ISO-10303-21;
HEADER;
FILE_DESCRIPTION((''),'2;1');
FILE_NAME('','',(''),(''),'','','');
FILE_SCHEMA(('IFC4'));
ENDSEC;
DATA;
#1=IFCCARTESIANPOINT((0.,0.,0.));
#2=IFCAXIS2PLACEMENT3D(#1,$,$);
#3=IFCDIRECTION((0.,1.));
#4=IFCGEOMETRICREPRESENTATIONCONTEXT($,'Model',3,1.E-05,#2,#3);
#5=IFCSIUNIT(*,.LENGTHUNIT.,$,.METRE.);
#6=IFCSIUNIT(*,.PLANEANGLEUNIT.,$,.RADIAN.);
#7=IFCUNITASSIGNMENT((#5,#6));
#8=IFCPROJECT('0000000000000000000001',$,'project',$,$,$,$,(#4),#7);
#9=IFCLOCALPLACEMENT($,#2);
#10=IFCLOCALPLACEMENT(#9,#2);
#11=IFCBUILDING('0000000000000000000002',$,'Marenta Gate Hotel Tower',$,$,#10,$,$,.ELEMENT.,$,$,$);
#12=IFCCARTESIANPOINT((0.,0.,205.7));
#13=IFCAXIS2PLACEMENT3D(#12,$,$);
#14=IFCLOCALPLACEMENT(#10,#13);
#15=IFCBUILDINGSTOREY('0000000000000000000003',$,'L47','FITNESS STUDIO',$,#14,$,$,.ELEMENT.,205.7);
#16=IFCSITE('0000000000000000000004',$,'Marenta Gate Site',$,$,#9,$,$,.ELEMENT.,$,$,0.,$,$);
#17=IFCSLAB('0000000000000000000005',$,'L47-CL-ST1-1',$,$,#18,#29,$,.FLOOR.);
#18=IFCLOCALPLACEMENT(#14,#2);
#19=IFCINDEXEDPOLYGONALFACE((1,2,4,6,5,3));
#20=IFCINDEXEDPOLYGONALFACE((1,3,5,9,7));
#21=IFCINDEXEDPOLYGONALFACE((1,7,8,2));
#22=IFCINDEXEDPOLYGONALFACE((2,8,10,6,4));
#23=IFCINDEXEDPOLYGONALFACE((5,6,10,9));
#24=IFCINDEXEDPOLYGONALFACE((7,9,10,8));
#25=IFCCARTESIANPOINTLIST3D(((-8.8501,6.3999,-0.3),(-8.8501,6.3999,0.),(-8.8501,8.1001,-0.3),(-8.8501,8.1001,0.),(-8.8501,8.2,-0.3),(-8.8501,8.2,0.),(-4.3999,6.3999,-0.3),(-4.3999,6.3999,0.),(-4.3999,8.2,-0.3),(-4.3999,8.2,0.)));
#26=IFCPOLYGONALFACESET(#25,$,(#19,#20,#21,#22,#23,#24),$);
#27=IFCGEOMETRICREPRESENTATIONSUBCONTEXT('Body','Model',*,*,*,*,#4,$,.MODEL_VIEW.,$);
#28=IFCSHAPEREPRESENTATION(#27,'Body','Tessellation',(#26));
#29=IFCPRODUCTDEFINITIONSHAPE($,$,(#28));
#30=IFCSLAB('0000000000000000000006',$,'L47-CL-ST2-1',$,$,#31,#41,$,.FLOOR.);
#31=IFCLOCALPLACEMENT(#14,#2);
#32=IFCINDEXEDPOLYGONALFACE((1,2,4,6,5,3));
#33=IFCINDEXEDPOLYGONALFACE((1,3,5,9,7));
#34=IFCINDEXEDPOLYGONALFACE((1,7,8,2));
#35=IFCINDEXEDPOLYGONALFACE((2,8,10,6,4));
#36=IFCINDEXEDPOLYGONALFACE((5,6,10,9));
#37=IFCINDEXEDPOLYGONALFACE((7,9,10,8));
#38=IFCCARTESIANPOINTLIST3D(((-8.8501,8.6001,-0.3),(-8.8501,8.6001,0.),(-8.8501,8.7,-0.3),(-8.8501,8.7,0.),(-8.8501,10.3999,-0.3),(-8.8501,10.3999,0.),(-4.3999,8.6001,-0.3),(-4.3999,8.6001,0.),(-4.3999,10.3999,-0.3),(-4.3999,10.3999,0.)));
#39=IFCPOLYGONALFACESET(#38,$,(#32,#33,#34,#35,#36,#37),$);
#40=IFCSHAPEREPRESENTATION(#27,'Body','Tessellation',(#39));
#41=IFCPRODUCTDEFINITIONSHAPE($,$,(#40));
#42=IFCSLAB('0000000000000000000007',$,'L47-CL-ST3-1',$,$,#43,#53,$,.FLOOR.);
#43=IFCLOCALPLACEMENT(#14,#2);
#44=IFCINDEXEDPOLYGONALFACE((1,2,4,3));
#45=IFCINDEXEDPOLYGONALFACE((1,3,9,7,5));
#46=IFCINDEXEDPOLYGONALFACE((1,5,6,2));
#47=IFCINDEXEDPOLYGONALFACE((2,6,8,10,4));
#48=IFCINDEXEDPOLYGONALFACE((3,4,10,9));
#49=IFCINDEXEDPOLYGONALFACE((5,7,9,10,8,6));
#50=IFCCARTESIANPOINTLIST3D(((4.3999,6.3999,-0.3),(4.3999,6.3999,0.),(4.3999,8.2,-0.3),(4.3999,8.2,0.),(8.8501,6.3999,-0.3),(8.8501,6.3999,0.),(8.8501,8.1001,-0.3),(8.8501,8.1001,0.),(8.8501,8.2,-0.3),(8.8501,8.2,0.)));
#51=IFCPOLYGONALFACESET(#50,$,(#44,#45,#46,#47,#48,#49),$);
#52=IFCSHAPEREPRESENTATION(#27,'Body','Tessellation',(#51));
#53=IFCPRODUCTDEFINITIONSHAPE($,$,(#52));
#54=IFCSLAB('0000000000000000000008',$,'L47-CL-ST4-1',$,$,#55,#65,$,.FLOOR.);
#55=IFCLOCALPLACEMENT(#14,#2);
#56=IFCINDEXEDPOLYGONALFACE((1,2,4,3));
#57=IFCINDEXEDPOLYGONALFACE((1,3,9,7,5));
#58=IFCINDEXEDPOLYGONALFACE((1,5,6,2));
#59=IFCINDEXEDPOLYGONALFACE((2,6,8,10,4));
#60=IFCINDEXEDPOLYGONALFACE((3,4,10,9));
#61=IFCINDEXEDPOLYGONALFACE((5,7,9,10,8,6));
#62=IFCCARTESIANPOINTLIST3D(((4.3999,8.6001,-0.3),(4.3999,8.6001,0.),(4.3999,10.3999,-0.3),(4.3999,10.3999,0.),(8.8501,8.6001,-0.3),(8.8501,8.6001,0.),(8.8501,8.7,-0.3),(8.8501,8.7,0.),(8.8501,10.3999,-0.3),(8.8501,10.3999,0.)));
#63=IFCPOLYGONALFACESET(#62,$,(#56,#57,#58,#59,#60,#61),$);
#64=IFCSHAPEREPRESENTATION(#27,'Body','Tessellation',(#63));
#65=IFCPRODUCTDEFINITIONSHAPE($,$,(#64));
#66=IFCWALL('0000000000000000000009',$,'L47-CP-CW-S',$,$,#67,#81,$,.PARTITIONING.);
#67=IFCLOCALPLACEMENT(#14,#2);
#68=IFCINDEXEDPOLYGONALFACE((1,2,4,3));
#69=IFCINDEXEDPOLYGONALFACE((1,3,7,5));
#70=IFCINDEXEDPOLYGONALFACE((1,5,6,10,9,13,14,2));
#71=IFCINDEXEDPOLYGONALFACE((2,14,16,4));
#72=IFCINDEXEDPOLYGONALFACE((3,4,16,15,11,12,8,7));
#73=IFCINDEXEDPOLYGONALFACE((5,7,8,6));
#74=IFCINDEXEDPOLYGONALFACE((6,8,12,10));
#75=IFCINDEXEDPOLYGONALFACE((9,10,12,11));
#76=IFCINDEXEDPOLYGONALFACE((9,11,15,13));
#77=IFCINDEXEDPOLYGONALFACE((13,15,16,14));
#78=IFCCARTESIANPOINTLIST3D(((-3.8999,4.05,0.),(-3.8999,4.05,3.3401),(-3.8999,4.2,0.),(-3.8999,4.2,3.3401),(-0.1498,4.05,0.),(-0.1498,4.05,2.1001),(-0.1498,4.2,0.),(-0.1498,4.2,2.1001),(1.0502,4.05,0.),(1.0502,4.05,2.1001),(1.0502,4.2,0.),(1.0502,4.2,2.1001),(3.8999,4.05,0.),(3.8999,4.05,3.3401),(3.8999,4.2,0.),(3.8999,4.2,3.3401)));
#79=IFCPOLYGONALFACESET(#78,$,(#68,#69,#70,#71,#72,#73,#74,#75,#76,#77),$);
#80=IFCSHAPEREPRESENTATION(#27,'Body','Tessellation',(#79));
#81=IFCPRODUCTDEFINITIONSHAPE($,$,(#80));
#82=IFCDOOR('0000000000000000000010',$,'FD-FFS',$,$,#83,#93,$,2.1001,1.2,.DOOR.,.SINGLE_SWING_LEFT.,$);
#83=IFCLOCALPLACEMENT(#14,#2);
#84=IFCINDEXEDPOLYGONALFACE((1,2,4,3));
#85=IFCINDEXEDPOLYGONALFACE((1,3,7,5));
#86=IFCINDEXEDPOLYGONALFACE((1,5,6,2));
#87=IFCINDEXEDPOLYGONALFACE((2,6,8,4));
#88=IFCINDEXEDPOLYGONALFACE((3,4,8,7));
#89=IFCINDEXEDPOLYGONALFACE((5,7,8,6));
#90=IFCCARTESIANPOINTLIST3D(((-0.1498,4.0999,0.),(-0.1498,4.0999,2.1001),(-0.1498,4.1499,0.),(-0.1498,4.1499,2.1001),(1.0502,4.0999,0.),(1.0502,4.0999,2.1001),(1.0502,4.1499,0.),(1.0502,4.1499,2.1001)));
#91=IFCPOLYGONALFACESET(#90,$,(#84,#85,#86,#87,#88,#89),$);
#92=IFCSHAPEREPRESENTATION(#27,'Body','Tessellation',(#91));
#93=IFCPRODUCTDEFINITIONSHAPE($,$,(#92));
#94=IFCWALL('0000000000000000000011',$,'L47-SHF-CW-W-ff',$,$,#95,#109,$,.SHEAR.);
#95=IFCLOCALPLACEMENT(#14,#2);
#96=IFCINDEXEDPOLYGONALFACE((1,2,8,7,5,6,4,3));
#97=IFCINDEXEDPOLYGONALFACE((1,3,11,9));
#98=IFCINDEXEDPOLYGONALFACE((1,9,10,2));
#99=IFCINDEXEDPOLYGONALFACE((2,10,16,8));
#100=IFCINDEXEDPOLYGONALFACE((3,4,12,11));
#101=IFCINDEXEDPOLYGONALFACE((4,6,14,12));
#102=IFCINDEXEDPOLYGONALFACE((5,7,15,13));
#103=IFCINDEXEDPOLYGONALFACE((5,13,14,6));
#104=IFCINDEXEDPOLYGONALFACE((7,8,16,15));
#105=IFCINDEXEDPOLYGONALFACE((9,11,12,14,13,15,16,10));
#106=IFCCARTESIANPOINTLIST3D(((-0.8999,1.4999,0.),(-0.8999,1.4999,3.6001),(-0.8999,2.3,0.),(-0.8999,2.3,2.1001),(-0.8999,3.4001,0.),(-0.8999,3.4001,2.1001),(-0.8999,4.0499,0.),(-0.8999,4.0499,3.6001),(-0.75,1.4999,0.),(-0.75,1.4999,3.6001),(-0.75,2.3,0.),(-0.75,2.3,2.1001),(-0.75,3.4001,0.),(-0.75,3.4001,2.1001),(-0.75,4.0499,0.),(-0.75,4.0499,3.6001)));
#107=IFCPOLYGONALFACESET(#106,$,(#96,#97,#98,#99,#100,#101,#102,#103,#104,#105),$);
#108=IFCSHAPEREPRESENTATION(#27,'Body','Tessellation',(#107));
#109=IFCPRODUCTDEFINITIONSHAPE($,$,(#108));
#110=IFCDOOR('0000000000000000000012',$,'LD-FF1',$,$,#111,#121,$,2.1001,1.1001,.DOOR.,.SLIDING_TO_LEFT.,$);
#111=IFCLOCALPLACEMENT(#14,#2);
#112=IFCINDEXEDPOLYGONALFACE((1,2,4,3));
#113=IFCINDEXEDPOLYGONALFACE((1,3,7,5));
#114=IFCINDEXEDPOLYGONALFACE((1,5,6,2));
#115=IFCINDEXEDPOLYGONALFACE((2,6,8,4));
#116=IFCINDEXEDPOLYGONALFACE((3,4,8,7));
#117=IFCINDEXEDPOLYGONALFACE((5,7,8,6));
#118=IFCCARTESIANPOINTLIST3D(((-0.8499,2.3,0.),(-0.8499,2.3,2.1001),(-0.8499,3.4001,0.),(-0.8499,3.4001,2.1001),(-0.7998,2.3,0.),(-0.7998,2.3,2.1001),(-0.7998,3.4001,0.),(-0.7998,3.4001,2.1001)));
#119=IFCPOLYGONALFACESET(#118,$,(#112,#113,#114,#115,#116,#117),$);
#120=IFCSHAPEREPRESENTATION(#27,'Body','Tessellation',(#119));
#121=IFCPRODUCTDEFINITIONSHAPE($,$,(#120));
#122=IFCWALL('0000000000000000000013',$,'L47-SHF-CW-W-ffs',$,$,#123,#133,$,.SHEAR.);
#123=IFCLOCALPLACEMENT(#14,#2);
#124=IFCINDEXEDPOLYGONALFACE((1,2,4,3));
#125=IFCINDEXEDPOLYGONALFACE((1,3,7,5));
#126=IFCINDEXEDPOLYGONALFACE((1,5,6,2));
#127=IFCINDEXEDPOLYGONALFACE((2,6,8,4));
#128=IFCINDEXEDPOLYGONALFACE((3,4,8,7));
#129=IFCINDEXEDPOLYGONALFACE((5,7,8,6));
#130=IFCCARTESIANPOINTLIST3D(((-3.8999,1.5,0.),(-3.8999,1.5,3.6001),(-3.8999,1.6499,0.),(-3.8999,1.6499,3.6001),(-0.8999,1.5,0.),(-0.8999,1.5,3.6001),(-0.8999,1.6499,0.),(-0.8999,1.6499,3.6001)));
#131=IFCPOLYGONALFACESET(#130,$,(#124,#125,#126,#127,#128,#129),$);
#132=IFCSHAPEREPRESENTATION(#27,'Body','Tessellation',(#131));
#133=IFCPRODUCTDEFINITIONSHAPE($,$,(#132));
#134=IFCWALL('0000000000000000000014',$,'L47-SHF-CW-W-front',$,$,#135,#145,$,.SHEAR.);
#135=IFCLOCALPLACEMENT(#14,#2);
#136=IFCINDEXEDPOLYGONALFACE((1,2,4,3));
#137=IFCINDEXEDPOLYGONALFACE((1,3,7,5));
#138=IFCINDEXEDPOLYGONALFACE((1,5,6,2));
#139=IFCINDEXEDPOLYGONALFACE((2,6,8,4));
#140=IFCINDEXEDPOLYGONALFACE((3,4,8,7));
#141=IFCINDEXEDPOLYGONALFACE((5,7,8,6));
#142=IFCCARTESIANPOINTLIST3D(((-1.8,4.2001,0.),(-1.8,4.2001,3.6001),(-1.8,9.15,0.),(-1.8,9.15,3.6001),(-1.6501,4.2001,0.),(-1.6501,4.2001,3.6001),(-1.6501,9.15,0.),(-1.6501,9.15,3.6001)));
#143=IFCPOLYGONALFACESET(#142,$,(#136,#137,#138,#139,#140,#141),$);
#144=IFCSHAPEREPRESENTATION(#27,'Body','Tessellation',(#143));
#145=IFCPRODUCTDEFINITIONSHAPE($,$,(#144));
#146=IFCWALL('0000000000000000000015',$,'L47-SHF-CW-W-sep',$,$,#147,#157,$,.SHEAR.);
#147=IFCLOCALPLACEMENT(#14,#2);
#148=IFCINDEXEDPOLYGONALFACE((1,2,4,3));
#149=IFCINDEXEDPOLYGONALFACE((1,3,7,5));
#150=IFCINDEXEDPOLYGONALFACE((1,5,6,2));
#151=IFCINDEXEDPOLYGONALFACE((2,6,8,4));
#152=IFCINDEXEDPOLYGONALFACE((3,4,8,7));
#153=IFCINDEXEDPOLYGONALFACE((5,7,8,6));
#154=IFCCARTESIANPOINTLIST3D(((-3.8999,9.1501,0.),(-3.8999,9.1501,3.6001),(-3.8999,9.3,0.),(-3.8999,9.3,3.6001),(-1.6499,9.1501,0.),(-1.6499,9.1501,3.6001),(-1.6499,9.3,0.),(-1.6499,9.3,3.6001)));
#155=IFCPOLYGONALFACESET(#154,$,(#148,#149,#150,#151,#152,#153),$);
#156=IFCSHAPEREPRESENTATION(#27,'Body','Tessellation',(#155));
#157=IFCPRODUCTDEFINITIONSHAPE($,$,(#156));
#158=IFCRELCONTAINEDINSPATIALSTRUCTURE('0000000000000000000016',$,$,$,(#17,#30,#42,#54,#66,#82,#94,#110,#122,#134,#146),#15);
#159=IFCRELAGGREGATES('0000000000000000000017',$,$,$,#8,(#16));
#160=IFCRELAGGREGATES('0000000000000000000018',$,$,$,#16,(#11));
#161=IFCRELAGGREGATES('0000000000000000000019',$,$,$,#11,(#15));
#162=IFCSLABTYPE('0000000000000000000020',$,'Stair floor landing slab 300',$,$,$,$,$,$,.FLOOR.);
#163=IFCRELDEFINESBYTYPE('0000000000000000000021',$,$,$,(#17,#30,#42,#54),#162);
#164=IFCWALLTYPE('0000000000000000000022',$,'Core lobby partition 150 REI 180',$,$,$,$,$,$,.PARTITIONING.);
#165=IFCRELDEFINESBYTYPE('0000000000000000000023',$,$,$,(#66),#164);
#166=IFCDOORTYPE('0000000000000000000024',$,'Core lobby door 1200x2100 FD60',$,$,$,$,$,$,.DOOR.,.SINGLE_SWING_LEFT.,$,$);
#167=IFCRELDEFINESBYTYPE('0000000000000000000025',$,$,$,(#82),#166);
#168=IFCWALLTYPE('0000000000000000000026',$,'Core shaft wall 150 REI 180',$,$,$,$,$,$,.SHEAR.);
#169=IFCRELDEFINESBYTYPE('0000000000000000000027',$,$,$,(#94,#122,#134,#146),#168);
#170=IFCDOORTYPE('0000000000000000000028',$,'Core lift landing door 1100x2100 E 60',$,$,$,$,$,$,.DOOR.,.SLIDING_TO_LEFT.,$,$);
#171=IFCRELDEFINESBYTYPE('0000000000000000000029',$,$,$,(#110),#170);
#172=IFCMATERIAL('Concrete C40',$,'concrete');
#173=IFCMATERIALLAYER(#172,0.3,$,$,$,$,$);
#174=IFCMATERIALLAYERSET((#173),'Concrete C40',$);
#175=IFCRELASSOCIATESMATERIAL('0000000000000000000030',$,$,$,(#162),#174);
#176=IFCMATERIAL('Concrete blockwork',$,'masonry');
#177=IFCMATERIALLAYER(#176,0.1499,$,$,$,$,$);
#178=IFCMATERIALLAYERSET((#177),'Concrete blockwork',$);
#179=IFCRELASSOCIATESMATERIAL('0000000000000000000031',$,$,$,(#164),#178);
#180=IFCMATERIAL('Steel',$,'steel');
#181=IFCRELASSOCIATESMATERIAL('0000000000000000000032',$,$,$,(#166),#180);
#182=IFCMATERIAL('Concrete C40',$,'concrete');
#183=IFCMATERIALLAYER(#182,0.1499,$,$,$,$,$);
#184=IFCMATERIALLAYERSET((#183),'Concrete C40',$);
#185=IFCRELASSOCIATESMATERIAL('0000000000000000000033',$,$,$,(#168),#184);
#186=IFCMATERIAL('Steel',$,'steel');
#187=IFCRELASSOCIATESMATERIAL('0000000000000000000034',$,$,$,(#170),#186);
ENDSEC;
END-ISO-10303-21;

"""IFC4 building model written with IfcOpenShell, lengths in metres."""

from ifc_helpers import new_model, si_unit, direction, frame, frame_2d, origin, place, context, subcontext, project, spatial, polyline, rectangle, outline, extrude, material, layer, layer_set, type_object, element, fill, save


model = new_model("IFC4")

# Units and contexts
model_context = context("Model", 3, precision=1e-05, world=origin(), true_north=direction((0.0, 1.0)))
body_context = subcontext(model_context, "Body", "Model", "MODEL_VIEW")
ifc_project = project(units=[si_unit("LENGTHUNIT", "METRE"), si_unit("PLANEANGLEUNIT", "RADIAN")], contexts=[model_context])

# Site, building, storey
site_placement = place(None, origin())
site = spatial("IfcSite", under=ifc_project, at=site_placement, Name="Marenta Gate Site", CompositionType="ELEMENT", RefElevation=0.0)
building_placement = place(site_placement, origin())
building = spatial("IfcBuilding", under=site, at=building_placement, Name="Marenta Gate Hotel Tower", CompositionType="ELEMENT")
storey_placement = place(building_placement, frame((0.0, 0.0, 205.7)))
storey = spatial("IfcBuildingStorey", under=building, at=storey_placement, Name="L47", Description="FITNESS STUDIO", CompositionType="ELEMENT", Elevation=205.7)

# Slabs
ifc_material_1 = material(Name="Concrete C40", Category="concrete")
ifc_layer_1 = layer(ifc_material_1, 0.3)
ifc_layer_set_1 = layer_set([ifc_layer_1], Name="Concrete C40")
slab_type_1 = type_object("IfcSlabType", Name="Stair floor landing slab 300", PredefinedType="FLOOR", material=ifc_layer_set_1)
slab_1_placement = place(storey_placement, frame((0.0, 0.0, -0.3)))
element("IfcSlab", 1, at=slab_1_placement, inside=storey, type_object=slab_type_1, Name="L47-CL-ST1-1", PredefinedType="FLOOR", context=body_context, shape_type="SweptSolid", body=[
    extrude(outline(polyline([(-4.3999, 6.3999), (-8.8501, 6.3999), (-8.8501, 8.1001), (-8.8501, 8.2), (-4.3999, 8.2), (-4.3999, 6.3999)])), origin(), (0.0, 0.0, 1.0), 0.3),
])
slab_2_placement = place(storey_placement, frame((0.0, 0.0, -0.3)))
element("IfcSlab", 2, at=slab_2_placement, inside=storey, type_object=slab_type_1, Name="L47-CL-ST2-1", PredefinedType="FLOOR", context=body_context, shape_type="SweptSolid", body=[
    extrude(outline(polyline([(-4.3999, 8.6001), (-8.8501, 8.6001), (-8.8501, 8.7), (-8.8501, 10.3999), (-4.3999, 10.3999), (-4.3999, 8.6001)])), origin(), (0.0, 0.0, 1.0), 0.3),
])
slab_3_placement = place(storey_placement, frame((0.0, 0.0, -0.3)))
element("IfcSlab", 3, at=slab_3_placement, inside=storey, type_object=slab_type_1, Name="L47-CL-ST3-1", PredefinedType="FLOOR", context=body_context, shape_type="SweptSolid", body=[
    extrude(outline(polyline([(4.3999, 6.3999), (4.3999, 8.2), (8.8501, 8.2), (8.8501, 8.1001), (8.8501, 6.3999), (4.3999, 6.3999)])), origin(), (0.0, 0.0, 1.0), 0.3),
])
slab_4_placement = place(storey_placement, frame((0.0, 0.0, -0.3)))
element("IfcSlab", 4, at=slab_4_placement, inside=storey, type_object=slab_type_1, Name="L47-CL-ST4-1", PredefinedType="FLOOR", context=body_context, shape_type="SweptSolid", body=[
    extrude(outline(polyline([(4.3999, 8.6001), (4.3999, 10.3999), (8.8501, 10.3999), (8.8501, 8.7), (8.8501, 8.6001), (4.3999, 8.6001)])), origin(), (0.0, 0.0, 1.0), 0.3),
])

# Walls, openings, doors
ifc_material_2 = material(Name="Concrete blockwork", Category="masonry")
ifc_layer_2 = layer(ifc_material_2, 0.1499)
ifc_layer_set_2 = layer_set([ifc_layer_2], Name="Concrete blockwork")
wall_type_1 = type_object("IfcWallType", Name="Core lobby partition 150 REI 180", PredefinedType="PARTITIONING", material=ifc_layer_set_2)
wall_1_placement = place(storey_placement, frame((-3.8999, 4.125, 0.0), z_axis=(0.0, 0.0, 1.0), x_axis=(1.0, 0.0, 0.0)))
wall_1 = element("IfcWall", 5, at=wall_1_placement, inside=storey, type_object=wall_type_1, Name="L47-CP-CW-S", PredefinedType="PARTITIONING", context=body_context, shape_type="SweptSolid", body=[
    extrude(rectangle(XDim=7.7998, YDim=0.1499, at=frame_2d((3.8999, 0.0))), origin(), (0.0, 0.0, 1.0), 3.3401),
])
opening_1_placement = place(wall_1_placement, frame((3.75, 0.0, 0.0)))
opening_1 = element("IfcOpeningElement", 6, at=opening_1_placement, cuts=wall_1, PredefinedType="OPENING", context=body_context, shape_type="SweptSolid", body=[
    extrude(rectangle(XDim=1.2, YDim=2.1001, at=frame_2d((0.6001, 1.05))), frame((0.0, 0.075, 0.0), z_axis=(0.0, -1.0, 0.0), x_axis=(1.0, 0.0, 0.0)), (0.0, 0.0, 1.0), 0.1499),
])
ifc_material_3 = material(Name="Steel", Category="steel")
door_type_1 = type_object("IfcDoorType", Name="Core lobby door 1200x2100 FD60", OperationType="SINGLE_SWING_LEFT", PredefinedType="DOOR", material=ifc_material_3)
door_1_placement = place(opening_1_placement, origin())
door_1 = element("IfcDoor", 7, at=door_1_placement, inside=storey, type_object=door_type_1, Name="FD-FFS", OperationType="SINGLE_SWING_LEFT", OverallHeight=2.1001, OverallWidth=1.2, PredefinedType="DOOR", context=body_context, shape_type="SweptSolid", body=[
    extrude(rectangle(XDim=1.2, YDim=2.1001, at=frame_2d((0.6001, 1.05))), frame((0.0, 0.0249, 0.0), z_axis=(0.0, -1.0, 0.0), x_axis=(1.0, 0.0, 0.0)), (0.0, 0.0, 1.0), 0.05),
])
fill(opening_1, door_1)
ifc_material_4 = material(Name="Concrete C40", Category="concrete")
ifc_layer_3 = layer(ifc_material_4, 0.1499)
ifc_layer_set_3 = layer_set([ifc_layer_3], Name="Concrete C40")
wall_type_2 = type_object("IfcWallType", Name="Core shaft wall 150 REI 180", PredefinedType="SHEAR", material=ifc_layer_set_3)
wall_2_placement = place(storey_placement, frame((-0.825, 1.5, 0.0), z_axis=(0.0, 0.0, 1.0), x_axis=(0.0, 1.0, 0.0)))
wall_2 = element("IfcWall", 8, at=wall_2_placement, inside=storey, type_object=wall_type_2, Name="L47-SHF-CW-W-ff", PredefinedType="SHEAR", context=body_context, shape_type="SweptSolid", body=[
    extrude(rectangle(XDim=2.55, YDim=0.1499, at=frame_2d((1.2749, 0.0))), origin(), (0.0, 0.0, 1.0), 3.6001),
])
opening_2_placement = place(wall_2_placement, frame((0.8, 0.0, 0.0)))
opening_2 = element("IfcOpeningElement", 9, at=opening_2_placement, cuts=wall_2, PredefinedType="OPENING", context=body_context, shape_type="SweptSolid", body=[
    extrude(rectangle(XDim=1.1001, YDim=2.1001, at=frame_2d((0.55, 1.05))), frame((0.0, 0.075, 0.0), z_axis=(0.0, -1.0, 0.0), x_axis=(1.0, 0.0, 0.0)), (0.0, 0.0, 1.0), 0.1499),
])
ifc_material_5 = material(Name="Steel", Category="steel")
door_type_2 = type_object("IfcDoorType", Name="Core lift landing door 1100x2100 E 60", OperationType="SLIDING_TO_LEFT", PredefinedType="DOOR", material=ifc_material_5)
door_2_placement = place(opening_2_placement, origin())
door_2 = element("IfcDoor", 10, at=door_2_placement, inside=storey, type_object=door_type_2, Name="LD-FF1", OperationType="SLIDING_TO_LEFT", OverallHeight=2.1001, OverallWidth=1.1001, PredefinedType="DOOR", context=body_context, shape_type="SweptSolid", body=[
    extrude(rectangle(XDim=1.1001, YDim=2.1001, at=frame_2d((0.55, 1.05))), frame((0.0, 0.0249, 0.0), z_axis=(0.0, -1.0, 0.0), x_axis=(1.0, 0.0, 0.0)), (0.0, 0.0, 1.0), 0.05),
])
fill(opening_2, door_2)

# Walls
wall_3_placement = place(storey_placement, frame((-3.8999, 1.575, 0.0), z_axis=(0.0, 0.0, 1.0), x_axis=(1.0, 0.0, 0.0)))
element("IfcWall", 11, at=wall_3_placement, inside=storey, type_object=wall_type_2, Name="L47-SHF-CW-W-ffs", PredefinedType="SHEAR", context=body_context, shape_type="SweptSolid", body=[
    extrude(rectangle(XDim=3.0, YDim=0.1499, at=frame_2d((1.5, 0.0))), origin(), (0.0, 0.0, 1.0), 3.6001),
])
wall_4_placement = place(storey_placement, frame((-1.7251, 4.2, 0.0), z_axis=(0.0, 0.0, 1.0), x_axis=(0.0, 1.0, 0.0)))
element("IfcWall", 12, at=wall_4_placement, inside=storey, type_object=wall_type_2, Name="L47-SHF-CW-W-front", PredefinedType="SHEAR", context=body_context, shape_type="SweptSolid", body=[
    extrude(rectangle(XDim=4.95, YDim=0.1499, at=frame_2d((2.4751, 0.0))), origin(), (0.0, 0.0, 1.0), 3.6001),
])
wall_5_placement = place(storey_placement, frame((-3.8999, 9.2251, 0.0), z_axis=(0.0, 0.0, 1.0), x_axis=(1.0, 0.0, 0.0)))
element("IfcWall", 13, at=wall_5_placement, inside=storey, type_object=wall_type_2, Name="L47-SHF-CW-W-sep", PredefinedType="SHEAR", context=body_context, shape_type="SweptSolid", body=[
    extrude(rectangle(XDim=2.25, YDim=0.1499, at=frame_2d((1.125, 0.0))), origin(), (0.0, 0.0, 1.0), 3.6001),
])

save(model, "model.ifc")
